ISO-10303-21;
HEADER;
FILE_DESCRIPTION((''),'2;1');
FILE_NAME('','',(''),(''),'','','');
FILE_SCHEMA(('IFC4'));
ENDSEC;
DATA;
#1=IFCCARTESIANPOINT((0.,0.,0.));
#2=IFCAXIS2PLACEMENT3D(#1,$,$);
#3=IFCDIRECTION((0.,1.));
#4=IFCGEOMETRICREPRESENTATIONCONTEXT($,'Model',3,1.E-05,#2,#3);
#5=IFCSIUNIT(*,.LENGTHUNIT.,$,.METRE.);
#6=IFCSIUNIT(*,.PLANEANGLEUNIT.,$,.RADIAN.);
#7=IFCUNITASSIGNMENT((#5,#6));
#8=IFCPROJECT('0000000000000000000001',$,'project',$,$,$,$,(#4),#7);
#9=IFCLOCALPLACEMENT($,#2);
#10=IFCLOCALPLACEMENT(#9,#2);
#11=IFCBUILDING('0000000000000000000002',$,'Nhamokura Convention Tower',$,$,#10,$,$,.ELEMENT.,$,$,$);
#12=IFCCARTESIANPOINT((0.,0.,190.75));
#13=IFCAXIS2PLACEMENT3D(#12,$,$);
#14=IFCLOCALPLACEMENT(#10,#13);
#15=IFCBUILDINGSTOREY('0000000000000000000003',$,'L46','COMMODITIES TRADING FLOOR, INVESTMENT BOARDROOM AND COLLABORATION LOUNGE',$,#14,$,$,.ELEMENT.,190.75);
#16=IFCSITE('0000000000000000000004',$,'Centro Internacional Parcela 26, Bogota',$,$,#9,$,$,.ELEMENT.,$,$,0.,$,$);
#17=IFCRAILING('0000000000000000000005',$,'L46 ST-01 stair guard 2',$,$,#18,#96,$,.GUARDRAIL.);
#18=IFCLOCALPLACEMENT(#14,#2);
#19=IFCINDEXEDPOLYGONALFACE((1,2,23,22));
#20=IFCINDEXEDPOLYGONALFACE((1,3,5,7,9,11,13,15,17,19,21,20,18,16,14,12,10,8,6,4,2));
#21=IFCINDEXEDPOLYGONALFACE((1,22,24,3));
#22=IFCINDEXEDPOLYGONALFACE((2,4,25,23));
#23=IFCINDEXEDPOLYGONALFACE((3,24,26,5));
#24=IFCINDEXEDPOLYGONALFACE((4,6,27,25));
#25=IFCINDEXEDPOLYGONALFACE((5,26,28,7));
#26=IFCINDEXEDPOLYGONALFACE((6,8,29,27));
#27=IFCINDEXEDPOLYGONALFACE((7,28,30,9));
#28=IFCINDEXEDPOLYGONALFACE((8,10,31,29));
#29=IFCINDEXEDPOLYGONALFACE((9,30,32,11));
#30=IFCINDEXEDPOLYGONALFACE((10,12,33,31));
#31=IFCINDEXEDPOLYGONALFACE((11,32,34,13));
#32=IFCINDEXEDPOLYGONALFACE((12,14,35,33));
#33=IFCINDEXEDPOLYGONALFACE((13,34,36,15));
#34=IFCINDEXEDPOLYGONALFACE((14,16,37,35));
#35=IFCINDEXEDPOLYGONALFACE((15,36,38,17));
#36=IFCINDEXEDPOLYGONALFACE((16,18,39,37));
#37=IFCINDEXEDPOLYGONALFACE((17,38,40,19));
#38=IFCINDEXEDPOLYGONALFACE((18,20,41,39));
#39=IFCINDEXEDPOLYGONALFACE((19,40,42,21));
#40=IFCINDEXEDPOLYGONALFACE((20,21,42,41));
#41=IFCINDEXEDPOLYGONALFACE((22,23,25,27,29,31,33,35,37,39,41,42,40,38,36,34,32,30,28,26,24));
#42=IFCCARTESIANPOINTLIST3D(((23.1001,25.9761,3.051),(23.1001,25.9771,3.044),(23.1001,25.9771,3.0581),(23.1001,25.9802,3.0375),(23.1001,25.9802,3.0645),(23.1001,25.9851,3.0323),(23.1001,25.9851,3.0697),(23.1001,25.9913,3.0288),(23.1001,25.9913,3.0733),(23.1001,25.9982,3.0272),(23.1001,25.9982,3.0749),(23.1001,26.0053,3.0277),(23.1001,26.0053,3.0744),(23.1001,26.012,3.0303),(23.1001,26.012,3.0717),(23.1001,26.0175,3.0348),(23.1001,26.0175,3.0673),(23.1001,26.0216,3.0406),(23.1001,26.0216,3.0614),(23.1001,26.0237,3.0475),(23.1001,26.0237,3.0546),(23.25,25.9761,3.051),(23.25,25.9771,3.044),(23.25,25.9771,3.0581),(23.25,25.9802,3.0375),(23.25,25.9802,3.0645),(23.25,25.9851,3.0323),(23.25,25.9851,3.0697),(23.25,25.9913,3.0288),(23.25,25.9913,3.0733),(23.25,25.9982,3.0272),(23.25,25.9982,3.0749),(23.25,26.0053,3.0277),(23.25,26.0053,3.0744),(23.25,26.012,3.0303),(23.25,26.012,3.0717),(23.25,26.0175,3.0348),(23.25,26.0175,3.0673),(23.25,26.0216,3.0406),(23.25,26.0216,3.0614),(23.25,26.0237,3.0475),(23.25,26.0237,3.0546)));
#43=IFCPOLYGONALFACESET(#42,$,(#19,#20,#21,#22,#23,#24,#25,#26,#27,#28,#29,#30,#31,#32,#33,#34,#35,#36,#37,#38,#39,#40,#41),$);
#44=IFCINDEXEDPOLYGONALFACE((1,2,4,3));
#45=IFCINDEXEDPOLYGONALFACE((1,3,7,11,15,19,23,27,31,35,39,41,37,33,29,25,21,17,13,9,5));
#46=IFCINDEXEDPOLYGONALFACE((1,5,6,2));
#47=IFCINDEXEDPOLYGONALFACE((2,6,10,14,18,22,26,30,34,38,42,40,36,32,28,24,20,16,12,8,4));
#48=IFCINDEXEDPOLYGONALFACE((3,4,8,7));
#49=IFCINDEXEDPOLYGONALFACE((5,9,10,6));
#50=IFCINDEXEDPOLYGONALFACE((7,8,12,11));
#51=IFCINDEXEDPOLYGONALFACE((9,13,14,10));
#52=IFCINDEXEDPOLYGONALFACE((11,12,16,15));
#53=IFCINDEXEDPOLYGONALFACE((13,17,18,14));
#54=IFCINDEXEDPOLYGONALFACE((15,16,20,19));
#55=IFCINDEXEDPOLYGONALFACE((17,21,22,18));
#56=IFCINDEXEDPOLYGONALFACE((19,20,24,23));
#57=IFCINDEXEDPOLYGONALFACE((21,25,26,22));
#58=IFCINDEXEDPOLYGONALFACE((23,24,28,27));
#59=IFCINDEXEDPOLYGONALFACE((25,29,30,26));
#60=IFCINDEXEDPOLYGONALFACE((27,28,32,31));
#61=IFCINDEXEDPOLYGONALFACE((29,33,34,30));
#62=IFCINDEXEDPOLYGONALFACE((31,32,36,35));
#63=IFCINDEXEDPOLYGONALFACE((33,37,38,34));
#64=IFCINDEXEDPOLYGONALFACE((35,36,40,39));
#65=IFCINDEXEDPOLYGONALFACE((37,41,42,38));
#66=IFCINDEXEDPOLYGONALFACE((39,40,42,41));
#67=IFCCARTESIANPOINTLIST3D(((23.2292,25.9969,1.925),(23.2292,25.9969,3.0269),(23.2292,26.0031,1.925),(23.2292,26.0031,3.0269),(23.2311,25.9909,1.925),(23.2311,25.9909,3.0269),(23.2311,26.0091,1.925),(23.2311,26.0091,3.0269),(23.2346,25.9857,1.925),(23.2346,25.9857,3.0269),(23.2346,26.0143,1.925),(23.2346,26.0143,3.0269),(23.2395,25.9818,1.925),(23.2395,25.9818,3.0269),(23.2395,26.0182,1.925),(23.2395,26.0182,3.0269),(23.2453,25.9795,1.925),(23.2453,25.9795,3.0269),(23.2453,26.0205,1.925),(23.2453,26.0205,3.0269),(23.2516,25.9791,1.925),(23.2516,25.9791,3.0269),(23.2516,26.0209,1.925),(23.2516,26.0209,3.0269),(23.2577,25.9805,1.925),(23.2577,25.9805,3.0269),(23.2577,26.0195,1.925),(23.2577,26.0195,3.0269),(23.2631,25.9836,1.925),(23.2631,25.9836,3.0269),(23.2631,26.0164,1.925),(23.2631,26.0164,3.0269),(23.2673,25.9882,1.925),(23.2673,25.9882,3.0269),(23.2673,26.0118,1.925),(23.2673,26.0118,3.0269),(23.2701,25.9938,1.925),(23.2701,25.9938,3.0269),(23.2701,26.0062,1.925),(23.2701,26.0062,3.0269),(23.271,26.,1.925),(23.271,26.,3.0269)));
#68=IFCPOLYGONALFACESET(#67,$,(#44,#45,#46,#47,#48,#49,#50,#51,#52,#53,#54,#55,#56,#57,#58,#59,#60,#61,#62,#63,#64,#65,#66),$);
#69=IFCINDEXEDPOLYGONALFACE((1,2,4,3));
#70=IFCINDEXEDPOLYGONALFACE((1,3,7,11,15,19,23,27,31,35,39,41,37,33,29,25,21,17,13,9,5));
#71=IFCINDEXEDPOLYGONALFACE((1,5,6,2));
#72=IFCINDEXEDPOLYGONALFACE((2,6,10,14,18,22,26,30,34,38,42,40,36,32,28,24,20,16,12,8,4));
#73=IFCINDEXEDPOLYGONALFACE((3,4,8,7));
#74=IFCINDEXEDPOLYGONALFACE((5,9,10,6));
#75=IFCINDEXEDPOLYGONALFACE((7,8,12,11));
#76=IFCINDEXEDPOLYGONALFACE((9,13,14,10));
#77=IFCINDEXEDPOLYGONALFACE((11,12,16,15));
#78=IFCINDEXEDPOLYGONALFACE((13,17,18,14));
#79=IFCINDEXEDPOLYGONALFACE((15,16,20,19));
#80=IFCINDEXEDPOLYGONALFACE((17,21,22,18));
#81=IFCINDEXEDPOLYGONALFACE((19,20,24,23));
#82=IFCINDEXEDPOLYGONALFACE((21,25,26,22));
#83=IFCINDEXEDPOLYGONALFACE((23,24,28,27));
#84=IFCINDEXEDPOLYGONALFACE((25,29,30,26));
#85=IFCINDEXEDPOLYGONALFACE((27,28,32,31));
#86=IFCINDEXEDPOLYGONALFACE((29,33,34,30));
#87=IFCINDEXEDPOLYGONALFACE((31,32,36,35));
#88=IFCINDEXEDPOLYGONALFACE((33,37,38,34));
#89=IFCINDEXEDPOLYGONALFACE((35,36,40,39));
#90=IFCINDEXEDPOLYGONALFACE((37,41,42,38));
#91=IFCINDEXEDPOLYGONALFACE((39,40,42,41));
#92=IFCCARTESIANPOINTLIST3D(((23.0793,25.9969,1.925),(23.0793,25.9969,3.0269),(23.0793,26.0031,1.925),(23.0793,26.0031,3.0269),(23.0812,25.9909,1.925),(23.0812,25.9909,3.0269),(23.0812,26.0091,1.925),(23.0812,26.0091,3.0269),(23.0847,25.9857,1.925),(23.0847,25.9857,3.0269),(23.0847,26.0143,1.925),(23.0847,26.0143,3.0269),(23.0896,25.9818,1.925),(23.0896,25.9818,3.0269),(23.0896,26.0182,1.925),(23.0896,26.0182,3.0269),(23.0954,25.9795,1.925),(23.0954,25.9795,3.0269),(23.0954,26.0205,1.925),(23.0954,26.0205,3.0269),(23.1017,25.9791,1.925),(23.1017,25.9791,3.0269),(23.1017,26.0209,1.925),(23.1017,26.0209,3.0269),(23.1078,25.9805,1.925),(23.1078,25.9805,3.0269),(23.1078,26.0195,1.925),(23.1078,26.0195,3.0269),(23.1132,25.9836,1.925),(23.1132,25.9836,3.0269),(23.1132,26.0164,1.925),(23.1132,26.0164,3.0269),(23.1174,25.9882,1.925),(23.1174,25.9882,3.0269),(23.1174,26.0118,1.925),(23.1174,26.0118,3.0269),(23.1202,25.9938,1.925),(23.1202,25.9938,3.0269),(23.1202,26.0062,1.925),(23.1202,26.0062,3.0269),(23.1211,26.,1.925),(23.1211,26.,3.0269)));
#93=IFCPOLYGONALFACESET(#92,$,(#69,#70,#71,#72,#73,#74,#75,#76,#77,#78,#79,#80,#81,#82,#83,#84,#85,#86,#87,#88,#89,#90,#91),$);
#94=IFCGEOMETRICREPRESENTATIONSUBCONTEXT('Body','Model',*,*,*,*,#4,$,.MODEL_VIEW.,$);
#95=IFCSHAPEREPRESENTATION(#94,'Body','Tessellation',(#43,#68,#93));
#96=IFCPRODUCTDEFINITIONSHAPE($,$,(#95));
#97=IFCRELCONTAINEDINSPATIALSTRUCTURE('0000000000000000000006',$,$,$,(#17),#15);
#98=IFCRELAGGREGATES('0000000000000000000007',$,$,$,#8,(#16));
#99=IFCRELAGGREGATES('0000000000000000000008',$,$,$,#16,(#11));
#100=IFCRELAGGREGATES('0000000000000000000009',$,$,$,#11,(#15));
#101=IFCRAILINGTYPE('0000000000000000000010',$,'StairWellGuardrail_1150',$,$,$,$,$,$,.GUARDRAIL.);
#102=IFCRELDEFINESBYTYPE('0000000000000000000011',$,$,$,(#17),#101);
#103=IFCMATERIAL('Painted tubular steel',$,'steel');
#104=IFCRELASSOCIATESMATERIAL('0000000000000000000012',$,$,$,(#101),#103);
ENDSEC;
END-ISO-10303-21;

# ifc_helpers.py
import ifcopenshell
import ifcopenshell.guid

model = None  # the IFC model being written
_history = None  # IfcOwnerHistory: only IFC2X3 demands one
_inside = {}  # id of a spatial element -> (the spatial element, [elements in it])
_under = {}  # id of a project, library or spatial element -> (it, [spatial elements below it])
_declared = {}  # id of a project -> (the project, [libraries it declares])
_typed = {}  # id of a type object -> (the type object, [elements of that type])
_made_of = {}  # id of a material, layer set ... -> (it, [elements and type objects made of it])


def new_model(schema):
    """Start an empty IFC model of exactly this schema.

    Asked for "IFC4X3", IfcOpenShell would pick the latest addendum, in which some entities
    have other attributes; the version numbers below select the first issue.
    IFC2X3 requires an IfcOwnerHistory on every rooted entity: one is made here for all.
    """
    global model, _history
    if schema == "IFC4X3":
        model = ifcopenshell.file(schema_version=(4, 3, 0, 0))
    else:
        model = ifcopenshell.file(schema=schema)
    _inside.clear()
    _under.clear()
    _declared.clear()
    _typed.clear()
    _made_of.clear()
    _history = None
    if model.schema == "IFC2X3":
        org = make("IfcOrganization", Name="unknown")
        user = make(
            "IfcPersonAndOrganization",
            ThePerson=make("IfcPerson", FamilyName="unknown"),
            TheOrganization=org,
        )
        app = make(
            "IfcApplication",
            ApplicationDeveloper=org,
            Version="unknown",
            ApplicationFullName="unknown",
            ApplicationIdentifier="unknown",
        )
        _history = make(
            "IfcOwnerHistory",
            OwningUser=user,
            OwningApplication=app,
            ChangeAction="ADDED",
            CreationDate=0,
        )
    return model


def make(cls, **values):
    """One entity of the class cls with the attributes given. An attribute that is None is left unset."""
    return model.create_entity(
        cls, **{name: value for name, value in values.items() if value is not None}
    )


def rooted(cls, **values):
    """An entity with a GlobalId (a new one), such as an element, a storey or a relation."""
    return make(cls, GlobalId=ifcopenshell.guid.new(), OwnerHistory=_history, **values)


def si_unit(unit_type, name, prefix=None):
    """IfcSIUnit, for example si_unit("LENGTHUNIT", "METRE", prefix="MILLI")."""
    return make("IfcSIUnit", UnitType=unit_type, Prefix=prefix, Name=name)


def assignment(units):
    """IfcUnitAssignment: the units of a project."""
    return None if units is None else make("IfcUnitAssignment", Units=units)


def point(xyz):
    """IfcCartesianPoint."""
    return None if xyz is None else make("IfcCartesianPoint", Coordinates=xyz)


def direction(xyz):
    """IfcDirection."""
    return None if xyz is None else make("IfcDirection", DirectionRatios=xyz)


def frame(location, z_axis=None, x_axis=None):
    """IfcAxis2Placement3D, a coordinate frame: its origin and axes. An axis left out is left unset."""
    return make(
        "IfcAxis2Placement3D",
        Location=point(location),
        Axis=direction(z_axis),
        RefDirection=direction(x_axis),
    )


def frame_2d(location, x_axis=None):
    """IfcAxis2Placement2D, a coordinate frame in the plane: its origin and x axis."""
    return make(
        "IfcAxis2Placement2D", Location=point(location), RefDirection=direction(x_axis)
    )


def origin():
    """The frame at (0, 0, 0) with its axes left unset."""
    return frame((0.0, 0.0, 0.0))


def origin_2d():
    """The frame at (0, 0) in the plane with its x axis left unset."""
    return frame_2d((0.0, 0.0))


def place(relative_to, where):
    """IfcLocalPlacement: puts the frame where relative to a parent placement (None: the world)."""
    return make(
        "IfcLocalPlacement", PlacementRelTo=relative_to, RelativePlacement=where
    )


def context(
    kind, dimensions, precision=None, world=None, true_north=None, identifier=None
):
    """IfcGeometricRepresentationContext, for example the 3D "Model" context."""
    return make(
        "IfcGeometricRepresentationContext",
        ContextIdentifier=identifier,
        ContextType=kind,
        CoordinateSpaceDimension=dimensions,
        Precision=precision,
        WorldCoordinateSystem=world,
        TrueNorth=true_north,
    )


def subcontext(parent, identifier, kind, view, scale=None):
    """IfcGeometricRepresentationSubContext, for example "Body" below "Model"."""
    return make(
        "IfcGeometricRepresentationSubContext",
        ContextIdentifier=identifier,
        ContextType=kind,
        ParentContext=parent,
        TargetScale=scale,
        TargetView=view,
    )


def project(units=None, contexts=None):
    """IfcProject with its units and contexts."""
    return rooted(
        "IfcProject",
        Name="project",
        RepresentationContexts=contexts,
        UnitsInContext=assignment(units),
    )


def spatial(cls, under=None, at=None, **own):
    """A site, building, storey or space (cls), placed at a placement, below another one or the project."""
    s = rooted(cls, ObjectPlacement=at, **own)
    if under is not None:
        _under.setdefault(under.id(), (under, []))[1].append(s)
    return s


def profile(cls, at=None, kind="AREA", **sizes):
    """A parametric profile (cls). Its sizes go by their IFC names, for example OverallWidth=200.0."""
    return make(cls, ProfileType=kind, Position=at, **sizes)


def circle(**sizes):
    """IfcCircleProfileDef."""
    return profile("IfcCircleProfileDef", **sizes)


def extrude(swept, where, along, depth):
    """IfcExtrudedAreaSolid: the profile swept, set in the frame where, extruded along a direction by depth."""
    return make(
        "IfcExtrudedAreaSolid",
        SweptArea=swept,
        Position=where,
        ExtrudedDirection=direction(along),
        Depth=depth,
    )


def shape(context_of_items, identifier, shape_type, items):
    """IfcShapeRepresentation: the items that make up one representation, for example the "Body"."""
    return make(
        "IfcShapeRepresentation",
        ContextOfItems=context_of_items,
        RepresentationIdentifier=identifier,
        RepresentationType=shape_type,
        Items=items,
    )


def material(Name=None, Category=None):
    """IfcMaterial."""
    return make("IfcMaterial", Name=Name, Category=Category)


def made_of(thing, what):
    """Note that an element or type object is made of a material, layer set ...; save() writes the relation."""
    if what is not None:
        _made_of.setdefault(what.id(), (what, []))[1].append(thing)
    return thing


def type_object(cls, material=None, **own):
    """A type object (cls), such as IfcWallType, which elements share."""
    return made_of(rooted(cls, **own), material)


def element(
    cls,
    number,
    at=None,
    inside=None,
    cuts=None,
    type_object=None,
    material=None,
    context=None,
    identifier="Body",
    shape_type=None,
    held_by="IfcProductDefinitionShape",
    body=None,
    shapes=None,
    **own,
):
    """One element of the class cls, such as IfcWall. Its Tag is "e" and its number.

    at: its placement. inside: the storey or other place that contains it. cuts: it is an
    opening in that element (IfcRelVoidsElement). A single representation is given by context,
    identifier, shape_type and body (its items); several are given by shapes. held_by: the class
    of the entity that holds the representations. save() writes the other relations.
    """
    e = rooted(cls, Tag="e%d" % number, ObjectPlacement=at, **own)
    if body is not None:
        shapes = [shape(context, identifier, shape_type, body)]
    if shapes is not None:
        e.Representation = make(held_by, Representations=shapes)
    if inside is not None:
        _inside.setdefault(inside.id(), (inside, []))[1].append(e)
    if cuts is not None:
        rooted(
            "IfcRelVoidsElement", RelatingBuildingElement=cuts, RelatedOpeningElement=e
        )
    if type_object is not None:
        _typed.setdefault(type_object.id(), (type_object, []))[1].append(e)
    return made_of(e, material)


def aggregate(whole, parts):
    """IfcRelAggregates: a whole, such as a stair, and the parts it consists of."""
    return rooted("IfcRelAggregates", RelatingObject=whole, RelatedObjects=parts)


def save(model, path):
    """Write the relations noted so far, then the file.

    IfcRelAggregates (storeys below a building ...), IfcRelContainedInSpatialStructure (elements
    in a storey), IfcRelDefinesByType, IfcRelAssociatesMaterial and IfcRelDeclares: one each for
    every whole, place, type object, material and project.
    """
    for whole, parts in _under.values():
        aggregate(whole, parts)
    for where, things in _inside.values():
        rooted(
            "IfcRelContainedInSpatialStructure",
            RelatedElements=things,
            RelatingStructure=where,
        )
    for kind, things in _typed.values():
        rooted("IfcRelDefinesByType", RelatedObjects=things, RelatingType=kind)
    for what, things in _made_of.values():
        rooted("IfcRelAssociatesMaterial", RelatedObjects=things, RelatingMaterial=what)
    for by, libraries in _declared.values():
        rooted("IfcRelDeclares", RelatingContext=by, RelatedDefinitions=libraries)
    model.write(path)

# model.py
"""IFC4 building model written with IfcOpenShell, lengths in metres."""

from ifc_helpers import new_model, si_unit, direction, frame, origin, origin_2d, place, context, subcontext, project, spatial, circle, extrude, material, type_object, element, save


model = new_model("IFC4")

# Units and contexts
model_context = context("Model", 3, precision=1e-05, world=origin(), true_north=direction((0.0, 1.0)))
body_context = subcontext(model_context, "Body", "Model", "MODEL_VIEW")
ifc_project = project(units=[si_unit("LENGTHUNIT", "METRE"), si_unit("PLANEANGLEUNIT", "RADIAN")], contexts=[model_context])

# Site, building, storey
site_placement = place(None, origin())
site = spatial("IfcSite", under=ifc_project, at=site_placement, Name="Centro Internacional Parcela 26, Bogota", CompositionType="ELEMENT", RefElevation=0.0)
building_placement = place(site_placement, origin())
building = spatial("IfcBuilding", under=site, at=building_placement, Name="Nhamokura Convention Tower", CompositionType="ELEMENT")
storey_placement = place(building_placement, frame((0.0, 0.0, 190.75)))
storey = spatial("IfcBuildingStorey", under=building, at=storey_placement, Name="L46", Description="COMMODITIES TRADING FLOOR, INVESTMENT BOARDROOM AND COLLABORATION LOUNGE", CompositionType="ELEMENT", Elevation=190.75)

# Railing
ifc_material_1 = material(Name="Painted tubular steel", Category="steel")
railing_type_1 = type_object("IfcRailingType", Name="StairWellGuardrail_1150", PredefinedType="GUARDRAIL", material=ifc_material_1)
railing_1_placement = place(storey_placement, frame((23.25, 26.0, 1.925)))
element("IfcRailing", 1, at=railing_1_placement, inside=storey, type_object=railing_type_1, Name="L46 ST-01 stair guard 2", PredefinedType="GUARDRAIL", context=body_context, shape_type="SweptSolid", body=[
    extrude(circle(Radius=0.0239, at=origin_2d()), frame((0.0, 0.0, 1.126), z_axis=(-1.0, 0.0, 0.0), x_axis=(0.0, -1.0, 0.0)), (0.0, 0.0, 1.0), 0.1499),
    extrude(circle(Radius=0.021, at=origin_2d()), origin(), (0.0, 0.0, 1.0), 1.1018),
    extrude(circle(Radius=0.021, at=origin_2d()), frame((-0.1499, 0.0, 0.0)), (0.0, 0.0, 1.0), 1.1018),
])

save(model, "model.ifc")
